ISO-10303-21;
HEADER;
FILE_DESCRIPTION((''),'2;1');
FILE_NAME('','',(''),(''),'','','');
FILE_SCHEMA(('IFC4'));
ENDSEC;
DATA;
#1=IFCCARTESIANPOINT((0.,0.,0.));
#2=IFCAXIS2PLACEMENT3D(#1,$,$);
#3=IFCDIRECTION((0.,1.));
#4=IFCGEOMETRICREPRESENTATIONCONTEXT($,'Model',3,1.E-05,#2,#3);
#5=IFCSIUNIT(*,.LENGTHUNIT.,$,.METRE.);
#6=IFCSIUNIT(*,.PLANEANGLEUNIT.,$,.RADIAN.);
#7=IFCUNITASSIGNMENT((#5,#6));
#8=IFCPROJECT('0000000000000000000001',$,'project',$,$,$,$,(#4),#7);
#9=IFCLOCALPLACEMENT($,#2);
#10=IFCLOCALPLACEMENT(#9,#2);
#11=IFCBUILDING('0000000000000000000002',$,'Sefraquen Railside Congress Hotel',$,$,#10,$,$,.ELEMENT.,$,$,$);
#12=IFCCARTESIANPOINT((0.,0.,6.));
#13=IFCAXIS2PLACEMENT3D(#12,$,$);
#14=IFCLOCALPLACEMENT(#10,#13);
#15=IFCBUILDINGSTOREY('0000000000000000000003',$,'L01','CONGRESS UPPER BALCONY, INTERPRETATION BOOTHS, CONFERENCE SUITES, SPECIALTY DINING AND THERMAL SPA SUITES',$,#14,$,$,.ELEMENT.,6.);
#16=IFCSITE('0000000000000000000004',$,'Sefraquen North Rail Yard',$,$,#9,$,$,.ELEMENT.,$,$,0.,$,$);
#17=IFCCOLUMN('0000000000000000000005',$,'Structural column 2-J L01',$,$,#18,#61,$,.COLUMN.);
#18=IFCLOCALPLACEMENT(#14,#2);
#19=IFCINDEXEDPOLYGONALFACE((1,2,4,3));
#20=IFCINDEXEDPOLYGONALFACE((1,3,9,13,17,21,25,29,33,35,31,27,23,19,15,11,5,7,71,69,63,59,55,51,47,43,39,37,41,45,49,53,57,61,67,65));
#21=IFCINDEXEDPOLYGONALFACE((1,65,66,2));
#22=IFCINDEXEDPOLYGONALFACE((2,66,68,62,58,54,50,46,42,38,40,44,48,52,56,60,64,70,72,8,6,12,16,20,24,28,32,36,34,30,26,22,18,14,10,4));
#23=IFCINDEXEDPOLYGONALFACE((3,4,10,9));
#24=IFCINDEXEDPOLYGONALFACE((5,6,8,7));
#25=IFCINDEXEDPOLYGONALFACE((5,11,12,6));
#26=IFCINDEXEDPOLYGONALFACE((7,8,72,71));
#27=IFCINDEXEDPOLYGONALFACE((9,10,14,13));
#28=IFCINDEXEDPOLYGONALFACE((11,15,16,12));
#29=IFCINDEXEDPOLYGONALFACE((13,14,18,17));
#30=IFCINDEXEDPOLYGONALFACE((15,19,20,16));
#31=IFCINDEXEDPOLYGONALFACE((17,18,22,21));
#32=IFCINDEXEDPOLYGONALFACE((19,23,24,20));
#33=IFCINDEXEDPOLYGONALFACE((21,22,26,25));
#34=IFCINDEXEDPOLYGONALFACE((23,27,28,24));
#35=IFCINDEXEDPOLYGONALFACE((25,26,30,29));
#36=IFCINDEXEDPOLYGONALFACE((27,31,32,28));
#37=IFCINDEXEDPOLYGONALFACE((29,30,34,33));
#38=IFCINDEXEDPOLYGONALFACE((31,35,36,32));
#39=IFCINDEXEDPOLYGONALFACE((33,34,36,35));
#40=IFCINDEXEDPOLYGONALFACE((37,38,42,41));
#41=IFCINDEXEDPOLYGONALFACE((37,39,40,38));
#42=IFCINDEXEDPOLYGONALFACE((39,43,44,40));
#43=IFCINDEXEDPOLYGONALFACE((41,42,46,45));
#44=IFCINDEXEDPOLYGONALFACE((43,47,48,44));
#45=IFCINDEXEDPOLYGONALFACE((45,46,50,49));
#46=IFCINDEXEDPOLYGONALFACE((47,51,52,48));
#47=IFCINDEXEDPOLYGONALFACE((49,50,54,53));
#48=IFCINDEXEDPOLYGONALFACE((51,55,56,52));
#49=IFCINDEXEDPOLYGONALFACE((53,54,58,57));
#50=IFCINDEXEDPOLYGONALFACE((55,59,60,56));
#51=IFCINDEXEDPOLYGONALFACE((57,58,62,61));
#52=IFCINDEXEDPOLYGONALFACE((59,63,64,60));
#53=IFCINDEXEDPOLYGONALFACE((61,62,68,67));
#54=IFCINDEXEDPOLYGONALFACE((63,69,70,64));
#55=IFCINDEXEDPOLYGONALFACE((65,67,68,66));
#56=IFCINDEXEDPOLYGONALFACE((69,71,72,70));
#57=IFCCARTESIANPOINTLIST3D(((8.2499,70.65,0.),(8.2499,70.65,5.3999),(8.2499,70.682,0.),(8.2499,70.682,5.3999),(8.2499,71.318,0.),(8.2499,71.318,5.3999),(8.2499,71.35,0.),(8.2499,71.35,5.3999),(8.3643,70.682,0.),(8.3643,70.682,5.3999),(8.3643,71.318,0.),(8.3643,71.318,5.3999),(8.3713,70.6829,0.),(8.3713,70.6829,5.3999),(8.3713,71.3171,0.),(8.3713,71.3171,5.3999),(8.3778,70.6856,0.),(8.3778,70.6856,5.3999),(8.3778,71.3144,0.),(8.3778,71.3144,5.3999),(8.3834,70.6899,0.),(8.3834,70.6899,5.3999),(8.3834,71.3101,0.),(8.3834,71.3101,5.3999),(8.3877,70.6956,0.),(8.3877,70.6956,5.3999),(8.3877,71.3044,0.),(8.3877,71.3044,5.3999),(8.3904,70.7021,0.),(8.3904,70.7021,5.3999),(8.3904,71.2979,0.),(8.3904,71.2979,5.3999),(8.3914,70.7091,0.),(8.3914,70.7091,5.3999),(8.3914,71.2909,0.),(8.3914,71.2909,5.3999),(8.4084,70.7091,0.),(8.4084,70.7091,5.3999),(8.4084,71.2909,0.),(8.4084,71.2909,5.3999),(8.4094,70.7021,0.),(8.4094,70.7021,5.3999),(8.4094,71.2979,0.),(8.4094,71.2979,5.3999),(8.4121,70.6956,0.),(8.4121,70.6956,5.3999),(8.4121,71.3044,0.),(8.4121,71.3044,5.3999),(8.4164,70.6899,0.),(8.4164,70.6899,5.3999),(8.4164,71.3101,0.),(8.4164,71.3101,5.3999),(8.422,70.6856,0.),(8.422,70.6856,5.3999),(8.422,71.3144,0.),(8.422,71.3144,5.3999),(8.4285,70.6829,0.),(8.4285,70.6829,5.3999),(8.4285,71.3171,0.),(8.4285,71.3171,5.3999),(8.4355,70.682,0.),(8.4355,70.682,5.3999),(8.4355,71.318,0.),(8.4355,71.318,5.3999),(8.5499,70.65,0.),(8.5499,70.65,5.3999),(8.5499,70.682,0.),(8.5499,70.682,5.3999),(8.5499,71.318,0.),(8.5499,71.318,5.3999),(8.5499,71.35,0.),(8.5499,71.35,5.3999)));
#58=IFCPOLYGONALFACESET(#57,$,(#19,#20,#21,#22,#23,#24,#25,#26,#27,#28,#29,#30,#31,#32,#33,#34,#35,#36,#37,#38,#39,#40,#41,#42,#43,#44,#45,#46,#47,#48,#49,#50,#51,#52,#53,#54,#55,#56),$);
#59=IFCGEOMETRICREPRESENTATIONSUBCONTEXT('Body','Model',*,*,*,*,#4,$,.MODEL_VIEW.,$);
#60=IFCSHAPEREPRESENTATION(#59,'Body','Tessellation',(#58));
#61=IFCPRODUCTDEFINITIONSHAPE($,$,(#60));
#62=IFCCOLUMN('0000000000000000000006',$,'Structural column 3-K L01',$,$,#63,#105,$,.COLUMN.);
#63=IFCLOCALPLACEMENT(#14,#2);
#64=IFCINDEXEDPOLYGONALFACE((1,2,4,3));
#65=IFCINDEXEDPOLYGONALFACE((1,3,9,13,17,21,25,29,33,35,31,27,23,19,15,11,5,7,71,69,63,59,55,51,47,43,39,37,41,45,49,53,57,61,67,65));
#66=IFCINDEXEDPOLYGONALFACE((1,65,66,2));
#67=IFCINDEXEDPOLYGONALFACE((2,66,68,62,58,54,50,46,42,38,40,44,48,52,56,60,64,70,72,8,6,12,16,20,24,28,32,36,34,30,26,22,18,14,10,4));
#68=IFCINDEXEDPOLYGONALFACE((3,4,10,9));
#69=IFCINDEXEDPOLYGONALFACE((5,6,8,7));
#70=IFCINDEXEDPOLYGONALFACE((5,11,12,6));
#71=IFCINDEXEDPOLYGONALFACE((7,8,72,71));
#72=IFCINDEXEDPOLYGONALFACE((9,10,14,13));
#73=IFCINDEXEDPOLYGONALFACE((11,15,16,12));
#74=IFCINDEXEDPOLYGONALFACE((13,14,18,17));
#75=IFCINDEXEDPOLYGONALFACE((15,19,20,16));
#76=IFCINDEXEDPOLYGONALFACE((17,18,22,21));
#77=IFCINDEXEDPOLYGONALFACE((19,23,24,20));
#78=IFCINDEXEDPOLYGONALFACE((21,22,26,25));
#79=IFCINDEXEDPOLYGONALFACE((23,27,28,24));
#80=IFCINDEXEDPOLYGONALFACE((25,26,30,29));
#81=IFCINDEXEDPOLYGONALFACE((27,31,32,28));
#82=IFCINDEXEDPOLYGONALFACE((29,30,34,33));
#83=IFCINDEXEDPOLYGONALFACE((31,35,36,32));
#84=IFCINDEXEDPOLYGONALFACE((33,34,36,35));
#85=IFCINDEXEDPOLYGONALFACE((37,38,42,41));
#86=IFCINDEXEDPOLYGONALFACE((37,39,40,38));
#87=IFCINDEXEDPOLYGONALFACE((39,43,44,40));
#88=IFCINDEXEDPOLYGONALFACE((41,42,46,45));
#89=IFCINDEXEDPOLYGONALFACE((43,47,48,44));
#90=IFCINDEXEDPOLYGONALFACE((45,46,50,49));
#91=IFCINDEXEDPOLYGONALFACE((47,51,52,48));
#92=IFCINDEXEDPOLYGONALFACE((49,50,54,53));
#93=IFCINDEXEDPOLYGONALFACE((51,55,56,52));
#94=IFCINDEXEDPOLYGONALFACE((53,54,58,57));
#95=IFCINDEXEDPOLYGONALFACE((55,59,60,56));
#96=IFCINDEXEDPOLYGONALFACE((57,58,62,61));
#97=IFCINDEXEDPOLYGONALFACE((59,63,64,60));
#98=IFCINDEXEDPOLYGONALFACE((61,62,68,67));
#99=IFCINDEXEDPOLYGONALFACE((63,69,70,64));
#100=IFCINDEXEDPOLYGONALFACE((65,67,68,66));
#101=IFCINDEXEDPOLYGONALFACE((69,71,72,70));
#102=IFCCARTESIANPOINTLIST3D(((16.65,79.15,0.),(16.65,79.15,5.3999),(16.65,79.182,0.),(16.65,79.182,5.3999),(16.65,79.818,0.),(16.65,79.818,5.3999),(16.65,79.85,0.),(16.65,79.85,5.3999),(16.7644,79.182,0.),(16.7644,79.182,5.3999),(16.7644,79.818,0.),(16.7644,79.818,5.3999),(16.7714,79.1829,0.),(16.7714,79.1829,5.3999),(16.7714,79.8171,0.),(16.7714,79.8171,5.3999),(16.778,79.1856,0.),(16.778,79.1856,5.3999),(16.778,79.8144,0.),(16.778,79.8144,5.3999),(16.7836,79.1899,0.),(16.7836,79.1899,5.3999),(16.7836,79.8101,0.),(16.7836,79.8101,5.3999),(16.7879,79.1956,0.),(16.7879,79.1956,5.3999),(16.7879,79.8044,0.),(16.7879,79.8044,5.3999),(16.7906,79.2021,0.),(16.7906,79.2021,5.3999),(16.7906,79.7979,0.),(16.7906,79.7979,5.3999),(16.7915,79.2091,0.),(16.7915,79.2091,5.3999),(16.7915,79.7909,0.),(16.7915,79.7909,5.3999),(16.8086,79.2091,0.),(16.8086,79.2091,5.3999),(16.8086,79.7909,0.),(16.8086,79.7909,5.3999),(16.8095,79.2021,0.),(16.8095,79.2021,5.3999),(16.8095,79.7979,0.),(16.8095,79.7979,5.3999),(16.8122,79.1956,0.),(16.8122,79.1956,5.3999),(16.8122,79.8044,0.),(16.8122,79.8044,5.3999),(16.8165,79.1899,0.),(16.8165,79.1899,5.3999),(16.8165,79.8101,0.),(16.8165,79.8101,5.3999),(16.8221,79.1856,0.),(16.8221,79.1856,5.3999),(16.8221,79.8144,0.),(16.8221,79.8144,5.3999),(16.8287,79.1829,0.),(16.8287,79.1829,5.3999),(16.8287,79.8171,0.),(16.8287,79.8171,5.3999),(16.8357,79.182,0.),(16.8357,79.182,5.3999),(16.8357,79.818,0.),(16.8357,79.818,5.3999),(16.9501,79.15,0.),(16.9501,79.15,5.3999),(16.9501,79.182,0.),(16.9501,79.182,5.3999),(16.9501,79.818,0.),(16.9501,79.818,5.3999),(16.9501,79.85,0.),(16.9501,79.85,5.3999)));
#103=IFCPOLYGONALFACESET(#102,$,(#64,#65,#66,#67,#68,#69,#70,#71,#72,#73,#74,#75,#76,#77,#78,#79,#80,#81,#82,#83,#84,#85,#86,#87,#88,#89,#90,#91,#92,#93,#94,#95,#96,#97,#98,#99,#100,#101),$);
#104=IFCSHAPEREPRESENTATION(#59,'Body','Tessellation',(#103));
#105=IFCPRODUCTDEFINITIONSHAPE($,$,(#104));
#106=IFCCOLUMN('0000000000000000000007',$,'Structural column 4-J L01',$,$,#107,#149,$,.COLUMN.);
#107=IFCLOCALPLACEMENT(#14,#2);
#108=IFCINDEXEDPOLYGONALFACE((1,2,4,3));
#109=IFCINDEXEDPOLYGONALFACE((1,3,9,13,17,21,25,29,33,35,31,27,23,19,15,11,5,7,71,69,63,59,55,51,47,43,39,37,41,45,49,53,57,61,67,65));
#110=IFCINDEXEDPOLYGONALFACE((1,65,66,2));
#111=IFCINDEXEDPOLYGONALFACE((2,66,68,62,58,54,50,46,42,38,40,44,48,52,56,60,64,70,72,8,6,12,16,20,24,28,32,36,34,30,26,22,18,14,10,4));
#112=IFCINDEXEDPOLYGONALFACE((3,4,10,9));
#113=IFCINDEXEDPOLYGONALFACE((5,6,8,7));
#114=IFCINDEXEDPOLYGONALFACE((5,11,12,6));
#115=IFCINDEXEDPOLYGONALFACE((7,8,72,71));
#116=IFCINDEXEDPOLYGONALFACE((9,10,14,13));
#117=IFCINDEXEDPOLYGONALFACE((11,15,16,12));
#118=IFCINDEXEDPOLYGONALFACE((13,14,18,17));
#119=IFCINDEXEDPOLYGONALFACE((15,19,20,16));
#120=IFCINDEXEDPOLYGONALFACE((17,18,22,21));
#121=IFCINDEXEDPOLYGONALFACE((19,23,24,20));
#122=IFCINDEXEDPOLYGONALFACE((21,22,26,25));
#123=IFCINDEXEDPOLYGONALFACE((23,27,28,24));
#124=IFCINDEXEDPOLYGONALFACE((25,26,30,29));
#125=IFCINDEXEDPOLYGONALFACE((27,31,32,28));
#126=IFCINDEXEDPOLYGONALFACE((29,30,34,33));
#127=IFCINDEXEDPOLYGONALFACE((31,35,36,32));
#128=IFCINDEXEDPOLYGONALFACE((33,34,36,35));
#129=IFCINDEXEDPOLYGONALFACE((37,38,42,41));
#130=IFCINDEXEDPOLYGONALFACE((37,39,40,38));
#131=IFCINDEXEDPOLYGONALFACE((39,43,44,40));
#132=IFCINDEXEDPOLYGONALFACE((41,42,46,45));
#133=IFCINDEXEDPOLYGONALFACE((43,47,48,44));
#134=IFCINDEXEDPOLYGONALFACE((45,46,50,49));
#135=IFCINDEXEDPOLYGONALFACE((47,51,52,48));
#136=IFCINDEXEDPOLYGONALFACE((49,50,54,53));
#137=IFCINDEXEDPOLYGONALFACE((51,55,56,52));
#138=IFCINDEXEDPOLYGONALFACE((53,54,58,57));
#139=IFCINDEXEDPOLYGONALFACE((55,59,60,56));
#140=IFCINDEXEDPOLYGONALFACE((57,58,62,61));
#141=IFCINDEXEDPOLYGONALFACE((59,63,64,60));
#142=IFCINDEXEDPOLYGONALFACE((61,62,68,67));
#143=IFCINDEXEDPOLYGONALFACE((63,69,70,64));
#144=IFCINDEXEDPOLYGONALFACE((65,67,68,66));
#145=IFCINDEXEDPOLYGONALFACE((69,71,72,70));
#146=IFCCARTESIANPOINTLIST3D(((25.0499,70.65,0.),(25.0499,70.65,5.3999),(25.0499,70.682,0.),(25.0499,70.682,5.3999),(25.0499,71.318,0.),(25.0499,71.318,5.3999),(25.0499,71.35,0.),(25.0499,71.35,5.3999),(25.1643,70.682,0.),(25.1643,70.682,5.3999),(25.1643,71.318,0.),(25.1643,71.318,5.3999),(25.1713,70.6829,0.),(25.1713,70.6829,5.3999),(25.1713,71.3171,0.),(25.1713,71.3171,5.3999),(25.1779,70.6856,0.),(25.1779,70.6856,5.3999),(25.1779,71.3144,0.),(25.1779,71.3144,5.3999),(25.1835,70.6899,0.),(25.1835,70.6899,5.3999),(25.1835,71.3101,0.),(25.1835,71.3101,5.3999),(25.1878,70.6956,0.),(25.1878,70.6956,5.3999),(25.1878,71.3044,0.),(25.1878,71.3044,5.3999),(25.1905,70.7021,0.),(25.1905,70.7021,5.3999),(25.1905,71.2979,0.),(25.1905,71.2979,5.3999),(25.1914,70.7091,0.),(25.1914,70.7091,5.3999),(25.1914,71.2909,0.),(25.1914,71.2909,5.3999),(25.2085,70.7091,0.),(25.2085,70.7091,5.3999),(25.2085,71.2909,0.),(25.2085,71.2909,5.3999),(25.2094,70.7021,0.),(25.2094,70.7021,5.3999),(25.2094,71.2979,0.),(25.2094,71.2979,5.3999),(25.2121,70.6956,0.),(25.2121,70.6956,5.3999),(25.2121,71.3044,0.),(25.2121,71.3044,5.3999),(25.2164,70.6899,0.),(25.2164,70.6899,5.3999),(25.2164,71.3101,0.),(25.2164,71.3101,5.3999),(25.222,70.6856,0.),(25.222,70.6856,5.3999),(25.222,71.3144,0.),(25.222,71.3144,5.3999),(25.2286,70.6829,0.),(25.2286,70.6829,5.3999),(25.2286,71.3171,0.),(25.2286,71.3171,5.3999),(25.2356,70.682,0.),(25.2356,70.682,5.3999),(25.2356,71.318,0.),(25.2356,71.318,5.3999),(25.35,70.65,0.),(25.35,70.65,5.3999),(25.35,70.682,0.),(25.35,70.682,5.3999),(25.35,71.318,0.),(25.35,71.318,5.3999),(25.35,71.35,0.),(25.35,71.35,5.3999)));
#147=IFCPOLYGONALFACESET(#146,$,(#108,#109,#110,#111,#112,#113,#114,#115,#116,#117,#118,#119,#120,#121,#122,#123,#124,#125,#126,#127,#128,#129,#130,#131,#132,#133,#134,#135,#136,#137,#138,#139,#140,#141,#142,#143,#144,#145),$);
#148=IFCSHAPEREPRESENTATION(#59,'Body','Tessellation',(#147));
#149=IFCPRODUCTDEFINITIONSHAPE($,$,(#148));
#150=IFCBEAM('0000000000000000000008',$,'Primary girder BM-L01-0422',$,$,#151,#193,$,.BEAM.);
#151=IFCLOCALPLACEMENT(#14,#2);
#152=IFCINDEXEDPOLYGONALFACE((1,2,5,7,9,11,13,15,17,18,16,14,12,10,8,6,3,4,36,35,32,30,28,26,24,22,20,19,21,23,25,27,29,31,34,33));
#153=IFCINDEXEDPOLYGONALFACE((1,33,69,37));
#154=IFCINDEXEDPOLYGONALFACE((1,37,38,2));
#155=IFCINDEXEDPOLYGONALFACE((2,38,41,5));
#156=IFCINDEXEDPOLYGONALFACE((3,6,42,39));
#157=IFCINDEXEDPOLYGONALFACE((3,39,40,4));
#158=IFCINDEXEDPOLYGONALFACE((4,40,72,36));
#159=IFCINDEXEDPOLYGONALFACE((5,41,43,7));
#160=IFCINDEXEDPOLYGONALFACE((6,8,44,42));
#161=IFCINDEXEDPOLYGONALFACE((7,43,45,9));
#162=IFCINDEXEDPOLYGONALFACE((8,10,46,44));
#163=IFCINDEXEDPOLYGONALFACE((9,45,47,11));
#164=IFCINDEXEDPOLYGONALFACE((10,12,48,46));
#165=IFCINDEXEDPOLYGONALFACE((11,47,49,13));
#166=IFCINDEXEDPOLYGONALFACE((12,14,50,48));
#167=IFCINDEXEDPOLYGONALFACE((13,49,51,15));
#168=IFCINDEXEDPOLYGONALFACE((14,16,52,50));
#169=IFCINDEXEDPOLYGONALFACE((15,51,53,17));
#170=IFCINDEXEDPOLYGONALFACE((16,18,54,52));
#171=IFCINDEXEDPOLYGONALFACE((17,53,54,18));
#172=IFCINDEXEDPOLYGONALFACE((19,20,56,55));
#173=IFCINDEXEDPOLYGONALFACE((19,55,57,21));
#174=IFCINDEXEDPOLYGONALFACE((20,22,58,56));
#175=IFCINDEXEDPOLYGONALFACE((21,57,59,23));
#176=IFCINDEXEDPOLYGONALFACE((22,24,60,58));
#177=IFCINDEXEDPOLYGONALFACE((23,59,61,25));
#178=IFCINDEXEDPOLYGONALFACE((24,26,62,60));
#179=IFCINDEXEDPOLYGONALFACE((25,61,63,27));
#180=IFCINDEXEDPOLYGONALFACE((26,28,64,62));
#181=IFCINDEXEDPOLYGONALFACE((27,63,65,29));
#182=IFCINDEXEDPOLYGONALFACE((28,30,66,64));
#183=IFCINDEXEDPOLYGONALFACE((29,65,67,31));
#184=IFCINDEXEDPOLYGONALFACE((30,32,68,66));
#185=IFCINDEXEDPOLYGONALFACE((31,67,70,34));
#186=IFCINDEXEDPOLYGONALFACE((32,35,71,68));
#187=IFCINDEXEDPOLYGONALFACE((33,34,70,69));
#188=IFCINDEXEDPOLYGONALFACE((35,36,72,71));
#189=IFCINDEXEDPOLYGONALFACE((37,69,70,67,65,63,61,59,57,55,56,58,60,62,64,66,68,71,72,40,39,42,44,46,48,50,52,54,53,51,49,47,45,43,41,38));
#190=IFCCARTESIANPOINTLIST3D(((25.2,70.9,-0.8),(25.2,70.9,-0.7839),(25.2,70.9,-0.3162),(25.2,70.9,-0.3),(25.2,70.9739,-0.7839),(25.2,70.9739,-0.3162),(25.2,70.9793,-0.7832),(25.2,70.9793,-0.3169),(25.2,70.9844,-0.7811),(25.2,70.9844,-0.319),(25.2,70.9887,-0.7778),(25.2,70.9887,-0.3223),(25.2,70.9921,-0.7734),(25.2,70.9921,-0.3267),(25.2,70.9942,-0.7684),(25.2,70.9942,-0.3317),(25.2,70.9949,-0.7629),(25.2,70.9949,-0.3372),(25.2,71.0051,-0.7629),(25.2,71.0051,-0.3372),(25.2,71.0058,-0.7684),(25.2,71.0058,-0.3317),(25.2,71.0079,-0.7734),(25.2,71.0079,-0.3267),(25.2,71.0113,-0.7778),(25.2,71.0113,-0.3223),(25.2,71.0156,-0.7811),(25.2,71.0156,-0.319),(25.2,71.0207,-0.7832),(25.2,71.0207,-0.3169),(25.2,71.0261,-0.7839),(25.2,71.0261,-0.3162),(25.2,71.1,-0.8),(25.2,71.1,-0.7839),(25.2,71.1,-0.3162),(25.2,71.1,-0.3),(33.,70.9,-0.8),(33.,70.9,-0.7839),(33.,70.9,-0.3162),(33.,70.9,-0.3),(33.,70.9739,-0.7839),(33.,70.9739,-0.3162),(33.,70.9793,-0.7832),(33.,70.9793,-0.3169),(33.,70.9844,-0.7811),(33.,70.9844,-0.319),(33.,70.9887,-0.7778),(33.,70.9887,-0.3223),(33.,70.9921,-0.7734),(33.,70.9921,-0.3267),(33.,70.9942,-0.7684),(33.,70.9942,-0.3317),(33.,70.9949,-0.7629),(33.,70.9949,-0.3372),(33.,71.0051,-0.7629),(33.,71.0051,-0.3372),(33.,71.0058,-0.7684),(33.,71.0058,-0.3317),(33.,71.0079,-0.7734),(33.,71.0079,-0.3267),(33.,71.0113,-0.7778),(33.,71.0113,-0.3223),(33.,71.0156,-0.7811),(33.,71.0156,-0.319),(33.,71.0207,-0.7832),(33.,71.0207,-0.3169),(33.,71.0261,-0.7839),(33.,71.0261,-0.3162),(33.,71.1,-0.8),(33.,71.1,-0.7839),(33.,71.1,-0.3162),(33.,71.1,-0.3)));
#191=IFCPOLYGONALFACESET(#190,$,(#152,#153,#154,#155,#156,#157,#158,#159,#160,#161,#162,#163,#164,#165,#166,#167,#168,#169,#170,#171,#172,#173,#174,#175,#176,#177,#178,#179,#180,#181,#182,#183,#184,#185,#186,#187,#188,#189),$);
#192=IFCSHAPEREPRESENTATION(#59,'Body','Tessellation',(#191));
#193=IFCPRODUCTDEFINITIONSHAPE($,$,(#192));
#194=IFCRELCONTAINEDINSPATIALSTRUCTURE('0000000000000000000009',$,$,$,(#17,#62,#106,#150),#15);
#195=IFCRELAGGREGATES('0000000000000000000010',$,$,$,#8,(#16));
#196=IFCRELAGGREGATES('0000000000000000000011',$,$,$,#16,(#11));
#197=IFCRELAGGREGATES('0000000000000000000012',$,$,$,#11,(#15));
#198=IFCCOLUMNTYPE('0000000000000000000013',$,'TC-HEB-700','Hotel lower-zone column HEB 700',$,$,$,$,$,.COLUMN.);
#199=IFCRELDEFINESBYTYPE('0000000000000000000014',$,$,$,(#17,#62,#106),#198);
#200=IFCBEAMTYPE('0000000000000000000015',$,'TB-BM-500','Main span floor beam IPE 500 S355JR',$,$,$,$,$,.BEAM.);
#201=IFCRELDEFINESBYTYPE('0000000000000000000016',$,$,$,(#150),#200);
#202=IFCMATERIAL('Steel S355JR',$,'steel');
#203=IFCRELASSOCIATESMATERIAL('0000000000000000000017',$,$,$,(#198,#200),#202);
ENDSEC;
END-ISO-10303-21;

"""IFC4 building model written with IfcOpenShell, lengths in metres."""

from ifc_helpers import new_model, si_unit, direction, frame, origin, origin_2d, place, context, subcontext, project, spatial, i_section, extrude, material, material_profile, profile_set, type_object, element, save


model = new_model("IFC4")

# Units and contexts
model_context = context("Model", 3, precision=1e-05, world=origin(), true_north=direction((0.0, 1.0)))
body_context = subcontext(model_context, "Body", "Model", "MODEL_VIEW")
ifc_project = project(units=[si_unit("LENGTHUNIT", "METRE"), si_unit("PLANEANGLEUNIT", "RADIAN")], contexts=[model_context])

# Site, building, storey
site_placement = place(None, origin())
site = spatial("IfcSite", under=ifc_project, at=site_placement, Name="Sefraquen North Rail Yard", CompositionType="ELEMENT", RefElevation=0.0)
building_placement = place(site_placement, origin())
building = spatial("IfcBuilding", under=site, at=building_placement, Name="Sefraquen Railside Congress Hotel", CompositionType="ELEMENT")
storey_placement = place(building_placement, frame((0.0, 0.0, 6.0)))
storey = spatial("IfcBuildingStorey", under=building, at=storey_placement, Name="L01", Description="CONGRESS UPPER BALCONY, INTERPRETATION BOOTHS, CONFERENCE SUITES, SPECIALTY DINING AND THERMAL SPA SUITES", CompositionType="ELEMENT", Elevation=6.0)

# Columns
ifc_material_1 = material(Name="Steel S355JR", Category="steel")
ifc_material_profile_1 = material_profile(ifc_material_1, i_section(OverallWidth=0.3, OverallDepth=0.7, WebThickness=0.0171, FlangeThickness=0.032, FilletRadius=0.0271, at=origin_2d()), Name="HEB 700")
ifc_profile_set_1 = profile_set([ifc_material_profile_1], Name="Steel S355JR")
column_type_1 = type_object("IfcColumnType", Name="TC-HEB-700", Description="Hotel lower-zone column HEB 700", PredefinedType="COLUMN", material=ifc_profile_set_1)
for number, where, z_axis, x_axis, name in (
    (1, (8.3999, 71.0, 0.0), (0.0, 0.0, 1.0), (1.0, 0.0, 0.0), "Structural column 2-J L01"),
    (2, (16.8, 79.5, 0.0), (0.0, 0.0, 1.0), (1.0, 0.0, 0.0), "Structural column 3-K L01"),
    (3, (25.2, 71.0, 0.0), (0.0, 0.0, 1.0), (1.0, 0.0, 0.0), "Structural column 4-J L01"),
):
    element("IfcColumn", number, at=place(storey_placement, frame(where, z_axis=z_axis, x_axis=x_axis)), inside=storey, type_object=column_type_1, Name=name, PredefinedType="COLUMN", context=body_context, shape_type="SweptSolid", body=[
        extrude(i_section(OverallWidth=0.3, OverallDepth=0.7, WebThickness=0.0171, FlangeThickness=0.032, FilletRadius=0.0271, at=origin_2d()), origin(), (0.0, 0.0, 1.0), 5.3999),
    ])

# Beam
ifc_material_profile_2 = material_profile(ifc_material_1, i_section(OverallWidth=0.2, OverallDepth=0.5, WebThickness=0.0103, FlangeThickness=0.0161, FilletRadius=0.021, at=origin_2d()), Name="IPE 500")
ifc_profile_set_2 = profile_set([ifc_material_profile_2], Name="Steel S355JR")
beam_type_1 = type_object("IfcBeamType", Name="TB-BM-500", Description="Main span floor beam IPE 500 S355JR", PredefinedType="BEAM", material=ifc_profile_set_2)
beam_1_placement = place(storey_placement, frame((25.2, 71.0, -0.55), z_axis=(1.0, 0.0, 0.0), x_axis=(0.0, 1.0, 0.0)))
element("IfcBeam", 4, at=beam_1_placement, inside=storey, type_object=beam_type_1, Name="Primary girder BM-L01-0422", PredefinedType="BEAM", context=body_context, shape_type="SweptSolid", body=[
    extrude(i_section(OverallWidth=0.2, OverallDepth=0.5, WebThickness=0.0103, FlangeThickness=0.0161, FilletRadius=0.021, at=origin_2d()), origin(), (0.0, 0.0, 1.0), 7.8),
])

save(model, "model.ifc")
